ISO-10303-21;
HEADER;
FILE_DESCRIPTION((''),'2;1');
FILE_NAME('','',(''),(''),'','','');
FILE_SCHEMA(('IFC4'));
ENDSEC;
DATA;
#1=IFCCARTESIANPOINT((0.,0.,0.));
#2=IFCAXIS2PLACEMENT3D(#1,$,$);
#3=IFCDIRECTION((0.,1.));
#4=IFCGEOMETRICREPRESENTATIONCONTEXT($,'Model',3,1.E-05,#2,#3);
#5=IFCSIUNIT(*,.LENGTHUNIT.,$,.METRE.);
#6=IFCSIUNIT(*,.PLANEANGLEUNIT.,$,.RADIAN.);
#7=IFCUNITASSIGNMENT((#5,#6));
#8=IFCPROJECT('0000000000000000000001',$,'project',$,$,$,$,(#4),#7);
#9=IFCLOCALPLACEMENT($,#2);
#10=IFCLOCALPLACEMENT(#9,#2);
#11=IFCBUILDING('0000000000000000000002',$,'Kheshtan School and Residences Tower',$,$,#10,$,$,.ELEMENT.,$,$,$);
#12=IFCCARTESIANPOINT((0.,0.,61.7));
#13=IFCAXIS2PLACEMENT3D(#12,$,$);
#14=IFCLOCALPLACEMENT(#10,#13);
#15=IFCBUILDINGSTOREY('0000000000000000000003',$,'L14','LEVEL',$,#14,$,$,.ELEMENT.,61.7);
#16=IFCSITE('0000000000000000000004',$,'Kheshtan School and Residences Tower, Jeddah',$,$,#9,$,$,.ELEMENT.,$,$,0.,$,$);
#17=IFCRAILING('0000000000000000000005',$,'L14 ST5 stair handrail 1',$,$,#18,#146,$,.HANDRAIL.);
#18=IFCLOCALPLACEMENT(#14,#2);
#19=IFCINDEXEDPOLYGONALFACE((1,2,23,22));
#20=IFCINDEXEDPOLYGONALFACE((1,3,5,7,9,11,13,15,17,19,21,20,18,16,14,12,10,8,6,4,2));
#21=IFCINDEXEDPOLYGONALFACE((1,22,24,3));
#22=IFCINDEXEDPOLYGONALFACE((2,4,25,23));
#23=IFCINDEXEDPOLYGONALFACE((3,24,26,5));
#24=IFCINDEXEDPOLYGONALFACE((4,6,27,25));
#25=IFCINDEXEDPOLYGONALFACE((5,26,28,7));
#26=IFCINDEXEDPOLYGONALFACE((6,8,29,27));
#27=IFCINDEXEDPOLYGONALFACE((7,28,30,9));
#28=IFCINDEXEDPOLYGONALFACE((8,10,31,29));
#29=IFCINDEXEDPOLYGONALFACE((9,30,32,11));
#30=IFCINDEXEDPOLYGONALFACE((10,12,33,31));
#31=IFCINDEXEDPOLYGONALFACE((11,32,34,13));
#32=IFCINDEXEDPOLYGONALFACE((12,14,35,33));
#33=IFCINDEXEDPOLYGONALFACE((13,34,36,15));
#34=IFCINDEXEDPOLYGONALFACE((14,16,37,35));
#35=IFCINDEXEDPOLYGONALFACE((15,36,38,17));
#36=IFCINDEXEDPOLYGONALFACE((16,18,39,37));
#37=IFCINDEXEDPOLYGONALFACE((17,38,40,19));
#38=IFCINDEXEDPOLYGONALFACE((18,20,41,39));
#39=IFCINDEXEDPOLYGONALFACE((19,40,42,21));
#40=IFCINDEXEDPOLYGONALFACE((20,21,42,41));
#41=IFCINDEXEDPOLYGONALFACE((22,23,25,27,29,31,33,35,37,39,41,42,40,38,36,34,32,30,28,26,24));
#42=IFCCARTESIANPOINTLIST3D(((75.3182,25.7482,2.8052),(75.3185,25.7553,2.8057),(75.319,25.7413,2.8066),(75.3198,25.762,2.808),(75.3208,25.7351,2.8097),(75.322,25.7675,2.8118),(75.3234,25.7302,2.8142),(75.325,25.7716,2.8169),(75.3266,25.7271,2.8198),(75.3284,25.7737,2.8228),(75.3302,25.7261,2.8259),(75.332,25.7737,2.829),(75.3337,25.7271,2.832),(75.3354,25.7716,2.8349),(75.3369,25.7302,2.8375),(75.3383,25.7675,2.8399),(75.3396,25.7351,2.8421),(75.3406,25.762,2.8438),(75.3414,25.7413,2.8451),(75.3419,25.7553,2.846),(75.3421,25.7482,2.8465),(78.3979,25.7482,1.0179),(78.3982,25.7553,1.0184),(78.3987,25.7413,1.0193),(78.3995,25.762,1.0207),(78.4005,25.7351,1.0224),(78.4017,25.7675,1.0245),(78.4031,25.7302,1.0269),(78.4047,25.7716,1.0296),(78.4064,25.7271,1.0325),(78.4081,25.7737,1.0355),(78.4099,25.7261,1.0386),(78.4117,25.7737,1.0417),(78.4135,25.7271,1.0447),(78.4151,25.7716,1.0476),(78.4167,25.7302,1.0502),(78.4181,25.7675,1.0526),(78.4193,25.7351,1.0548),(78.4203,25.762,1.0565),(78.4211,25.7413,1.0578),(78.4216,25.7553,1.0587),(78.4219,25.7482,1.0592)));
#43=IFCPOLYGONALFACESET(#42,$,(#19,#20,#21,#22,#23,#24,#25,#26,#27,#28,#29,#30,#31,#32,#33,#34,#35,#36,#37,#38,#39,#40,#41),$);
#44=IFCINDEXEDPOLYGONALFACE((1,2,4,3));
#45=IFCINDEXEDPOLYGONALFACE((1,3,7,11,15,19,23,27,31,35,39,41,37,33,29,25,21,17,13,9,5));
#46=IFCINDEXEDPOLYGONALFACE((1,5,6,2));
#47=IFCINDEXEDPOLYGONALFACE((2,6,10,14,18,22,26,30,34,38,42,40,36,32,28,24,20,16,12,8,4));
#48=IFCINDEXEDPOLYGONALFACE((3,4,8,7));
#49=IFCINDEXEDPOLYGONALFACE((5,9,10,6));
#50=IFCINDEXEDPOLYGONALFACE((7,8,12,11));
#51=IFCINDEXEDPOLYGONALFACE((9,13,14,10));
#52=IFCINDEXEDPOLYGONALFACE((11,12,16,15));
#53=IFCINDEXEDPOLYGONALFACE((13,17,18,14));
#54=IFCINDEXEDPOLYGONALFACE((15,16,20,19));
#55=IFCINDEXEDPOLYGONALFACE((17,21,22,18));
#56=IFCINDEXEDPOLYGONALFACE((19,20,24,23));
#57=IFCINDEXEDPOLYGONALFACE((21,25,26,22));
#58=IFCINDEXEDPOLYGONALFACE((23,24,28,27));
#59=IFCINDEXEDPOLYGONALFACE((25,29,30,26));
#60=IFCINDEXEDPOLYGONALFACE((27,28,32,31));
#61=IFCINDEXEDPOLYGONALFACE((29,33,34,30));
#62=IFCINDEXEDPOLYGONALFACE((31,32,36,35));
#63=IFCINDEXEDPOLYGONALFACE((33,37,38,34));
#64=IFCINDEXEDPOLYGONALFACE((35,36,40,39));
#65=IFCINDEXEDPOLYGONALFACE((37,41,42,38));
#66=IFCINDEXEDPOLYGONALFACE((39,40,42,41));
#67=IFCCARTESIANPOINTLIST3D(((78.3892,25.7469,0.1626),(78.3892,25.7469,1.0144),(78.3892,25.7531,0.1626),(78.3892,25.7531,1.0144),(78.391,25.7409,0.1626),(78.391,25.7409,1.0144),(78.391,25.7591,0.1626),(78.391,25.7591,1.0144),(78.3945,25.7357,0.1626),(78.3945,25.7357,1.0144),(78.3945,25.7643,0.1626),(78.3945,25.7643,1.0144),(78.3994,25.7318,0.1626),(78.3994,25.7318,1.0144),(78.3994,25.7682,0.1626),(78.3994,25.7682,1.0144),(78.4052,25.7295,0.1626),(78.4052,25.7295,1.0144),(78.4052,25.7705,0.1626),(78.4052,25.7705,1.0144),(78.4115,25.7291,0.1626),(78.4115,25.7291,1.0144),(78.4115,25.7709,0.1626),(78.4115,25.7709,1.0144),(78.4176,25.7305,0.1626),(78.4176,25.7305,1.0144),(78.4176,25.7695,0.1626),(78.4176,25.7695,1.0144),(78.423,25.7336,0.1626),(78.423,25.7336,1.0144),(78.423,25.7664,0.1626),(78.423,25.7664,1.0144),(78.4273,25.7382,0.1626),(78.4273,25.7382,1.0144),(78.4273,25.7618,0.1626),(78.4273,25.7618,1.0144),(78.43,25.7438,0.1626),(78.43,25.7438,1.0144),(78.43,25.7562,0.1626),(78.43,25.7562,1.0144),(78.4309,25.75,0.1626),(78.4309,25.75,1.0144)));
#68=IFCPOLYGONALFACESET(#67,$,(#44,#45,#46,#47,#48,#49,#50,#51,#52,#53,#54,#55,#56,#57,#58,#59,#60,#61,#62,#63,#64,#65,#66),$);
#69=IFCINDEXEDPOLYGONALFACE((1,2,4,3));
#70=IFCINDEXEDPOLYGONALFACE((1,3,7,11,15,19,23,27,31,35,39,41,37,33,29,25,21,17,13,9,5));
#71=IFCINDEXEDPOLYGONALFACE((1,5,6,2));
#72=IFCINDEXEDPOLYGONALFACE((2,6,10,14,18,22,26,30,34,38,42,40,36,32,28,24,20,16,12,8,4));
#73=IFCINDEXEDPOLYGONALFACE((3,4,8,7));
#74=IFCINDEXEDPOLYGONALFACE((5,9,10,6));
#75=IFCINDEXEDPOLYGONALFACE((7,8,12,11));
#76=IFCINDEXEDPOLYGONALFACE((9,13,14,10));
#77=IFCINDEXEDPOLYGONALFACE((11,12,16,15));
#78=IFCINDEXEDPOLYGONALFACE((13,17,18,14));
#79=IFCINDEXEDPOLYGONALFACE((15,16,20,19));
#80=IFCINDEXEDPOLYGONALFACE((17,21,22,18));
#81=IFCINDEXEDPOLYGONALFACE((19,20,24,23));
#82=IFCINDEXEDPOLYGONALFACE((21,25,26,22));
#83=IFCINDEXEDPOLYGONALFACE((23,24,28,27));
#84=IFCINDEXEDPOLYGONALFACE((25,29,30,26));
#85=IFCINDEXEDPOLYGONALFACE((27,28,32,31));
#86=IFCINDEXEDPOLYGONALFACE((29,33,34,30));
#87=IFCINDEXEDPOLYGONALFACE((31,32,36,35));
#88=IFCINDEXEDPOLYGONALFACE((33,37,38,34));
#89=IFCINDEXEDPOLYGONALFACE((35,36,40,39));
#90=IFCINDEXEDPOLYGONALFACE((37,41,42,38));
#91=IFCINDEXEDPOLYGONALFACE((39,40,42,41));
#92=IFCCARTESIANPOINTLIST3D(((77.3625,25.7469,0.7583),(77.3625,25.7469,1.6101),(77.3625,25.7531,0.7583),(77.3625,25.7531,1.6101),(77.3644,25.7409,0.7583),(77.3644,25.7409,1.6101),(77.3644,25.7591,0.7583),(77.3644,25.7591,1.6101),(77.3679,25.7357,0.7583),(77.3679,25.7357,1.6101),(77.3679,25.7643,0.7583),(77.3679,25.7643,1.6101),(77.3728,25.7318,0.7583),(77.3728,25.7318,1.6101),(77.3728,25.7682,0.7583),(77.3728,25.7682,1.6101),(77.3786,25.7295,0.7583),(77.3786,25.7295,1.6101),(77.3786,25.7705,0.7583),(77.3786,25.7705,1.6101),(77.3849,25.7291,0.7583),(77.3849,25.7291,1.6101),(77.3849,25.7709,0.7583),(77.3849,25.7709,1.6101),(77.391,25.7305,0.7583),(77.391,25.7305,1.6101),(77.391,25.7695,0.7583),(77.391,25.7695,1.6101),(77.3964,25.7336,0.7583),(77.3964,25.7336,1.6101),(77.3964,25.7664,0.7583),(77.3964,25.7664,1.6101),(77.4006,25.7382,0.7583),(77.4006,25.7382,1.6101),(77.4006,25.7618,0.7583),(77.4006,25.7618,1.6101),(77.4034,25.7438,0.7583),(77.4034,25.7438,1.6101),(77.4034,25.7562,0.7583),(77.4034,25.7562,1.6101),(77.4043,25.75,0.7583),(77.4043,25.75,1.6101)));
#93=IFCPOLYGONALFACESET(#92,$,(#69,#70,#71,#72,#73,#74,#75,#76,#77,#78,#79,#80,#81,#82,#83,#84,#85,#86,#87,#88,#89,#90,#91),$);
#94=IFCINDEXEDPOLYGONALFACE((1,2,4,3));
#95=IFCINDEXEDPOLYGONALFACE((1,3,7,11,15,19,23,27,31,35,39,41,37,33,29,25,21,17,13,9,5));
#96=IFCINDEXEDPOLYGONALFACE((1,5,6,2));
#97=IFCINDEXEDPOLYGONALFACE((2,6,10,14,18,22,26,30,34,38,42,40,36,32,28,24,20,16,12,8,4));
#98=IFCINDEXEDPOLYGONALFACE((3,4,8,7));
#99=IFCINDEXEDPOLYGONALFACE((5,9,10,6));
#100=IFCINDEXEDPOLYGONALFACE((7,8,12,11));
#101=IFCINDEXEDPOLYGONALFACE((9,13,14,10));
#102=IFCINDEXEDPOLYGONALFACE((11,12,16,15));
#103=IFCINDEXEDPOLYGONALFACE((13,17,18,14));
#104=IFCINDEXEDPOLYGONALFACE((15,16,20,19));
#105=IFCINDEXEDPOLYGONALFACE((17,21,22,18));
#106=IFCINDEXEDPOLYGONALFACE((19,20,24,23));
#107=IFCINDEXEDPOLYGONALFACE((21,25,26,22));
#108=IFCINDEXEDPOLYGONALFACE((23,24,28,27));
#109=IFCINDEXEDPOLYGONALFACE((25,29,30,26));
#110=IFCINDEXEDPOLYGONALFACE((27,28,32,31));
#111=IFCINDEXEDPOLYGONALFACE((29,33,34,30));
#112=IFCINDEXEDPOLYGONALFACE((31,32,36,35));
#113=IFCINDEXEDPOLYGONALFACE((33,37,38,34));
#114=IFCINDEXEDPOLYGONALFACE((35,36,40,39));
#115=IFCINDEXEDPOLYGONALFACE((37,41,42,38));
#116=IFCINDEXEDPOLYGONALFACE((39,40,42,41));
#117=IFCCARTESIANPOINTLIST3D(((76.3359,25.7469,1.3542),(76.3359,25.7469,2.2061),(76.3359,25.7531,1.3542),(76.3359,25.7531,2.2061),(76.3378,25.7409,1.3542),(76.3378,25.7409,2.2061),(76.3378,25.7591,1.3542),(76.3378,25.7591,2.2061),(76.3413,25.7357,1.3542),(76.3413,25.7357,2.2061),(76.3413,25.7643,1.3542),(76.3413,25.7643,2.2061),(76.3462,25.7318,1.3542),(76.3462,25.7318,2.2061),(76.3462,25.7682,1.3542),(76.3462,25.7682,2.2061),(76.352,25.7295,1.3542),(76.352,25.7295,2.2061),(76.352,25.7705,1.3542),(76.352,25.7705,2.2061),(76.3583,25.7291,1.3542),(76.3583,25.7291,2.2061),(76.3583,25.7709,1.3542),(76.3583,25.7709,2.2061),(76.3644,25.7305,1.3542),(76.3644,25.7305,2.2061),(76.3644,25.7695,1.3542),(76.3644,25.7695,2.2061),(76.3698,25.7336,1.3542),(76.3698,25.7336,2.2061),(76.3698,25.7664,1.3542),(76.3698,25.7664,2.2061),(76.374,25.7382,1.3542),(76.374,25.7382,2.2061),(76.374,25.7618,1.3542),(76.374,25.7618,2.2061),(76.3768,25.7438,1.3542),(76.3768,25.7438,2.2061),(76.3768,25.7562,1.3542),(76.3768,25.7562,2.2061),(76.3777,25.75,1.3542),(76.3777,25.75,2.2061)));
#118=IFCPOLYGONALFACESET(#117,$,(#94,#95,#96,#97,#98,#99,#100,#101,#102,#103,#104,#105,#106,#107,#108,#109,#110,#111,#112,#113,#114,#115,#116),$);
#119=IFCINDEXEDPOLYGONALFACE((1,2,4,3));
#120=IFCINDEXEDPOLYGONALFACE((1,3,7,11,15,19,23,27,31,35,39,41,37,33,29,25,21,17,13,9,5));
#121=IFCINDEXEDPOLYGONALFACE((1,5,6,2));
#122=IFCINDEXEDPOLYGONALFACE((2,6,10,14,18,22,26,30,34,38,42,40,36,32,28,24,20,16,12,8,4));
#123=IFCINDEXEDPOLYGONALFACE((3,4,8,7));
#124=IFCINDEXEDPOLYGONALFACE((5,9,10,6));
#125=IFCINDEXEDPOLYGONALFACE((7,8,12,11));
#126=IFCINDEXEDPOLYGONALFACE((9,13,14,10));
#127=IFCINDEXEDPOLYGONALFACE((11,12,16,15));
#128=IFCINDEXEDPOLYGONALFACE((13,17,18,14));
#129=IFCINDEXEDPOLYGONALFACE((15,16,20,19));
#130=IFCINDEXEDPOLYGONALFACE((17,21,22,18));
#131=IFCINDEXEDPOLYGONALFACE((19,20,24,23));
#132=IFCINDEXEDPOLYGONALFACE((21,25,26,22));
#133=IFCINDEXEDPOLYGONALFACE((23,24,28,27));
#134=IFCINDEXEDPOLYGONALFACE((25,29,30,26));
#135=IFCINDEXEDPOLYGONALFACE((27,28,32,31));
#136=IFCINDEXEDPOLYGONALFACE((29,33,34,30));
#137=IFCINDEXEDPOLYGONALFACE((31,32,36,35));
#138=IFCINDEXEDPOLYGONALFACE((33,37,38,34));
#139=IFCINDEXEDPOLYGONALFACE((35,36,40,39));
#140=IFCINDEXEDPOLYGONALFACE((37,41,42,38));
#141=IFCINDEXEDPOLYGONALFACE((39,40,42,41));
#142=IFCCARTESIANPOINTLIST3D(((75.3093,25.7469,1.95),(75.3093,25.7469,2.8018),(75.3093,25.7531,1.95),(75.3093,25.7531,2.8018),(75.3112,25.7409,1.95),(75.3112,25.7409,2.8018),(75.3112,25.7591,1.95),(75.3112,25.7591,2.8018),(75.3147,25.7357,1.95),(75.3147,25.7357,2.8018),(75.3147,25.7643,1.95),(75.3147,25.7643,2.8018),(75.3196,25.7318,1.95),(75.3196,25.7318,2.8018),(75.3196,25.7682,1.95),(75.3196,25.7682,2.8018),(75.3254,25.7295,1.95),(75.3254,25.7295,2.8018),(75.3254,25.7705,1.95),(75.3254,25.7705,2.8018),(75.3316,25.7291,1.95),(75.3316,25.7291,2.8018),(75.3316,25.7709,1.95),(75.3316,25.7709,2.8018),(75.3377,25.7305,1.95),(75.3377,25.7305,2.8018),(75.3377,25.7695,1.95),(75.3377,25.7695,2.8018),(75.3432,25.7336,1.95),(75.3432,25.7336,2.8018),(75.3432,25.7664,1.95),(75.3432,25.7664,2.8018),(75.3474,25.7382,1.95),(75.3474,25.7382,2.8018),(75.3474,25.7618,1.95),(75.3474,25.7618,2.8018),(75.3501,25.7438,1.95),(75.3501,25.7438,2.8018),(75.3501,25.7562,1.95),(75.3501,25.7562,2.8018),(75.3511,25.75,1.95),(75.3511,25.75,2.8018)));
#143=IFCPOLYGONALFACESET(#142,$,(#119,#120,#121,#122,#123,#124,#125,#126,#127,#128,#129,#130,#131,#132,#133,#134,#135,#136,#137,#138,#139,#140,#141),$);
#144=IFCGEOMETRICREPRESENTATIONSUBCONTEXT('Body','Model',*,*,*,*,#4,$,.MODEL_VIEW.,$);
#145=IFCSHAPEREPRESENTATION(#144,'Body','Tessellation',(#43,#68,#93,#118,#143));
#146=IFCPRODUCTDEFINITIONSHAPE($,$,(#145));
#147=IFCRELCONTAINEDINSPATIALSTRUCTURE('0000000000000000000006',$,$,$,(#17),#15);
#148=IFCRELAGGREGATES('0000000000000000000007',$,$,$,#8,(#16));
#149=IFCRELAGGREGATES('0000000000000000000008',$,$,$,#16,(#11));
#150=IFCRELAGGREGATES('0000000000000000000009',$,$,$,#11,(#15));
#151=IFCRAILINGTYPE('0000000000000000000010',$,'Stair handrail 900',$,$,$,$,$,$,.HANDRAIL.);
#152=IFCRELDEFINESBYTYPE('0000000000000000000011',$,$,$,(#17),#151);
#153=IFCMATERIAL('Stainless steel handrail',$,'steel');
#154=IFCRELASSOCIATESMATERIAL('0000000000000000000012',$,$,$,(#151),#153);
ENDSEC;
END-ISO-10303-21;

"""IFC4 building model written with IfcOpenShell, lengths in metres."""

from ifc_helpers import new_model, si_unit, direction, frame, origin, origin_2d, place, context, subcontext, project, spatial, circle, extrude, material, type_object, element, save


model = new_model("IFC4")

# Units and contexts
model_context = context("Model", 3, precision=1e-05, world=origin(), true_north=direction((0.0, 1.0)))
body_context = subcontext(model_context, "Body", "Model", "MODEL_VIEW")
ifc_project = project(units=[si_unit("LENGTHUNIT", "METRE"), si_unit("PLANEANGLEUNIT", "RADIAN")], contexts=[model_context])

# Site, building, storey
site_placement = place(None, origin())
site = spatial("IfcSite", under=ifc_project, at=site_placement, Name="Kheshtan School and Residences Tower, Jeddah", CompositionType="ELEMENT", RefElevation=0.0)
building_placement = place(site_placement, origin())
building = spatial("IfcBuilding", under=site, at=building_placement, Name="Kheshtan School and Residences Tower", CompositionType="ELEMENT")
storey_placement = place(building_placement, frame((0.0, 0.0, 61.7)))
storey = spatial("IfcBuildingStorey", under=building, at=storey_placement, Name="L14", Description="LEVEL", CompositionType="ELEMENT", Elevation=61.7)

# Railing
ifc_material_1 = material(Name="Stainless steel handrail", Category="steel")
railing_type_1 = type_object("IfcRailingType", Name="Stair handrail 900", PredefinedType="HANDRAIL", material=ifc_material_1)
railing_1_placement = place(storey_placement, frame((78.4099, 25.75, 0.1626)))
element("IfcRailing", 1, at=railing_1_placement, inside=storey, type_object=railing_type_1, Name="L14 ST5 stair handrail 1", PredefinedType="HANDRAIL", context=body_context, shape_type="SweptSolid", body=[
    extrude(circle(Radius=0.0239, at=origin_2d()), frame((0.0, 0.0, 0.876), z_axis=(-0.864903, 0.0, 0.501939), x_axis=(0.0, -1.0, 0.0)), (0.0, 0.0, 1.0), 3.5608),
    extrude(circle(Radius=0.021, at=origin_2d()), origin(), (0.0, 0.0, 1.0), 0.8518),
    extrude(circle(Radius=0.021, at=origin_2d()), frame((-1.0266, 0.0, 0.5957)), (0.0, 0.0, 1.0), 0.8518),
    extrude(circle(Radius=0.021, at=origin_2d()), frame((-2.0532, 0.0, 1.1917)), (0.0, 0.0, 1.0), 0.8518),
    extrude(circle(Radius=0.021, at=origin_2d()), frame((-3.0798, 0.0, 1.7874)), (0.0, 0.0, 1.0), 0.8518),
])

save(model, "model.ifc")
